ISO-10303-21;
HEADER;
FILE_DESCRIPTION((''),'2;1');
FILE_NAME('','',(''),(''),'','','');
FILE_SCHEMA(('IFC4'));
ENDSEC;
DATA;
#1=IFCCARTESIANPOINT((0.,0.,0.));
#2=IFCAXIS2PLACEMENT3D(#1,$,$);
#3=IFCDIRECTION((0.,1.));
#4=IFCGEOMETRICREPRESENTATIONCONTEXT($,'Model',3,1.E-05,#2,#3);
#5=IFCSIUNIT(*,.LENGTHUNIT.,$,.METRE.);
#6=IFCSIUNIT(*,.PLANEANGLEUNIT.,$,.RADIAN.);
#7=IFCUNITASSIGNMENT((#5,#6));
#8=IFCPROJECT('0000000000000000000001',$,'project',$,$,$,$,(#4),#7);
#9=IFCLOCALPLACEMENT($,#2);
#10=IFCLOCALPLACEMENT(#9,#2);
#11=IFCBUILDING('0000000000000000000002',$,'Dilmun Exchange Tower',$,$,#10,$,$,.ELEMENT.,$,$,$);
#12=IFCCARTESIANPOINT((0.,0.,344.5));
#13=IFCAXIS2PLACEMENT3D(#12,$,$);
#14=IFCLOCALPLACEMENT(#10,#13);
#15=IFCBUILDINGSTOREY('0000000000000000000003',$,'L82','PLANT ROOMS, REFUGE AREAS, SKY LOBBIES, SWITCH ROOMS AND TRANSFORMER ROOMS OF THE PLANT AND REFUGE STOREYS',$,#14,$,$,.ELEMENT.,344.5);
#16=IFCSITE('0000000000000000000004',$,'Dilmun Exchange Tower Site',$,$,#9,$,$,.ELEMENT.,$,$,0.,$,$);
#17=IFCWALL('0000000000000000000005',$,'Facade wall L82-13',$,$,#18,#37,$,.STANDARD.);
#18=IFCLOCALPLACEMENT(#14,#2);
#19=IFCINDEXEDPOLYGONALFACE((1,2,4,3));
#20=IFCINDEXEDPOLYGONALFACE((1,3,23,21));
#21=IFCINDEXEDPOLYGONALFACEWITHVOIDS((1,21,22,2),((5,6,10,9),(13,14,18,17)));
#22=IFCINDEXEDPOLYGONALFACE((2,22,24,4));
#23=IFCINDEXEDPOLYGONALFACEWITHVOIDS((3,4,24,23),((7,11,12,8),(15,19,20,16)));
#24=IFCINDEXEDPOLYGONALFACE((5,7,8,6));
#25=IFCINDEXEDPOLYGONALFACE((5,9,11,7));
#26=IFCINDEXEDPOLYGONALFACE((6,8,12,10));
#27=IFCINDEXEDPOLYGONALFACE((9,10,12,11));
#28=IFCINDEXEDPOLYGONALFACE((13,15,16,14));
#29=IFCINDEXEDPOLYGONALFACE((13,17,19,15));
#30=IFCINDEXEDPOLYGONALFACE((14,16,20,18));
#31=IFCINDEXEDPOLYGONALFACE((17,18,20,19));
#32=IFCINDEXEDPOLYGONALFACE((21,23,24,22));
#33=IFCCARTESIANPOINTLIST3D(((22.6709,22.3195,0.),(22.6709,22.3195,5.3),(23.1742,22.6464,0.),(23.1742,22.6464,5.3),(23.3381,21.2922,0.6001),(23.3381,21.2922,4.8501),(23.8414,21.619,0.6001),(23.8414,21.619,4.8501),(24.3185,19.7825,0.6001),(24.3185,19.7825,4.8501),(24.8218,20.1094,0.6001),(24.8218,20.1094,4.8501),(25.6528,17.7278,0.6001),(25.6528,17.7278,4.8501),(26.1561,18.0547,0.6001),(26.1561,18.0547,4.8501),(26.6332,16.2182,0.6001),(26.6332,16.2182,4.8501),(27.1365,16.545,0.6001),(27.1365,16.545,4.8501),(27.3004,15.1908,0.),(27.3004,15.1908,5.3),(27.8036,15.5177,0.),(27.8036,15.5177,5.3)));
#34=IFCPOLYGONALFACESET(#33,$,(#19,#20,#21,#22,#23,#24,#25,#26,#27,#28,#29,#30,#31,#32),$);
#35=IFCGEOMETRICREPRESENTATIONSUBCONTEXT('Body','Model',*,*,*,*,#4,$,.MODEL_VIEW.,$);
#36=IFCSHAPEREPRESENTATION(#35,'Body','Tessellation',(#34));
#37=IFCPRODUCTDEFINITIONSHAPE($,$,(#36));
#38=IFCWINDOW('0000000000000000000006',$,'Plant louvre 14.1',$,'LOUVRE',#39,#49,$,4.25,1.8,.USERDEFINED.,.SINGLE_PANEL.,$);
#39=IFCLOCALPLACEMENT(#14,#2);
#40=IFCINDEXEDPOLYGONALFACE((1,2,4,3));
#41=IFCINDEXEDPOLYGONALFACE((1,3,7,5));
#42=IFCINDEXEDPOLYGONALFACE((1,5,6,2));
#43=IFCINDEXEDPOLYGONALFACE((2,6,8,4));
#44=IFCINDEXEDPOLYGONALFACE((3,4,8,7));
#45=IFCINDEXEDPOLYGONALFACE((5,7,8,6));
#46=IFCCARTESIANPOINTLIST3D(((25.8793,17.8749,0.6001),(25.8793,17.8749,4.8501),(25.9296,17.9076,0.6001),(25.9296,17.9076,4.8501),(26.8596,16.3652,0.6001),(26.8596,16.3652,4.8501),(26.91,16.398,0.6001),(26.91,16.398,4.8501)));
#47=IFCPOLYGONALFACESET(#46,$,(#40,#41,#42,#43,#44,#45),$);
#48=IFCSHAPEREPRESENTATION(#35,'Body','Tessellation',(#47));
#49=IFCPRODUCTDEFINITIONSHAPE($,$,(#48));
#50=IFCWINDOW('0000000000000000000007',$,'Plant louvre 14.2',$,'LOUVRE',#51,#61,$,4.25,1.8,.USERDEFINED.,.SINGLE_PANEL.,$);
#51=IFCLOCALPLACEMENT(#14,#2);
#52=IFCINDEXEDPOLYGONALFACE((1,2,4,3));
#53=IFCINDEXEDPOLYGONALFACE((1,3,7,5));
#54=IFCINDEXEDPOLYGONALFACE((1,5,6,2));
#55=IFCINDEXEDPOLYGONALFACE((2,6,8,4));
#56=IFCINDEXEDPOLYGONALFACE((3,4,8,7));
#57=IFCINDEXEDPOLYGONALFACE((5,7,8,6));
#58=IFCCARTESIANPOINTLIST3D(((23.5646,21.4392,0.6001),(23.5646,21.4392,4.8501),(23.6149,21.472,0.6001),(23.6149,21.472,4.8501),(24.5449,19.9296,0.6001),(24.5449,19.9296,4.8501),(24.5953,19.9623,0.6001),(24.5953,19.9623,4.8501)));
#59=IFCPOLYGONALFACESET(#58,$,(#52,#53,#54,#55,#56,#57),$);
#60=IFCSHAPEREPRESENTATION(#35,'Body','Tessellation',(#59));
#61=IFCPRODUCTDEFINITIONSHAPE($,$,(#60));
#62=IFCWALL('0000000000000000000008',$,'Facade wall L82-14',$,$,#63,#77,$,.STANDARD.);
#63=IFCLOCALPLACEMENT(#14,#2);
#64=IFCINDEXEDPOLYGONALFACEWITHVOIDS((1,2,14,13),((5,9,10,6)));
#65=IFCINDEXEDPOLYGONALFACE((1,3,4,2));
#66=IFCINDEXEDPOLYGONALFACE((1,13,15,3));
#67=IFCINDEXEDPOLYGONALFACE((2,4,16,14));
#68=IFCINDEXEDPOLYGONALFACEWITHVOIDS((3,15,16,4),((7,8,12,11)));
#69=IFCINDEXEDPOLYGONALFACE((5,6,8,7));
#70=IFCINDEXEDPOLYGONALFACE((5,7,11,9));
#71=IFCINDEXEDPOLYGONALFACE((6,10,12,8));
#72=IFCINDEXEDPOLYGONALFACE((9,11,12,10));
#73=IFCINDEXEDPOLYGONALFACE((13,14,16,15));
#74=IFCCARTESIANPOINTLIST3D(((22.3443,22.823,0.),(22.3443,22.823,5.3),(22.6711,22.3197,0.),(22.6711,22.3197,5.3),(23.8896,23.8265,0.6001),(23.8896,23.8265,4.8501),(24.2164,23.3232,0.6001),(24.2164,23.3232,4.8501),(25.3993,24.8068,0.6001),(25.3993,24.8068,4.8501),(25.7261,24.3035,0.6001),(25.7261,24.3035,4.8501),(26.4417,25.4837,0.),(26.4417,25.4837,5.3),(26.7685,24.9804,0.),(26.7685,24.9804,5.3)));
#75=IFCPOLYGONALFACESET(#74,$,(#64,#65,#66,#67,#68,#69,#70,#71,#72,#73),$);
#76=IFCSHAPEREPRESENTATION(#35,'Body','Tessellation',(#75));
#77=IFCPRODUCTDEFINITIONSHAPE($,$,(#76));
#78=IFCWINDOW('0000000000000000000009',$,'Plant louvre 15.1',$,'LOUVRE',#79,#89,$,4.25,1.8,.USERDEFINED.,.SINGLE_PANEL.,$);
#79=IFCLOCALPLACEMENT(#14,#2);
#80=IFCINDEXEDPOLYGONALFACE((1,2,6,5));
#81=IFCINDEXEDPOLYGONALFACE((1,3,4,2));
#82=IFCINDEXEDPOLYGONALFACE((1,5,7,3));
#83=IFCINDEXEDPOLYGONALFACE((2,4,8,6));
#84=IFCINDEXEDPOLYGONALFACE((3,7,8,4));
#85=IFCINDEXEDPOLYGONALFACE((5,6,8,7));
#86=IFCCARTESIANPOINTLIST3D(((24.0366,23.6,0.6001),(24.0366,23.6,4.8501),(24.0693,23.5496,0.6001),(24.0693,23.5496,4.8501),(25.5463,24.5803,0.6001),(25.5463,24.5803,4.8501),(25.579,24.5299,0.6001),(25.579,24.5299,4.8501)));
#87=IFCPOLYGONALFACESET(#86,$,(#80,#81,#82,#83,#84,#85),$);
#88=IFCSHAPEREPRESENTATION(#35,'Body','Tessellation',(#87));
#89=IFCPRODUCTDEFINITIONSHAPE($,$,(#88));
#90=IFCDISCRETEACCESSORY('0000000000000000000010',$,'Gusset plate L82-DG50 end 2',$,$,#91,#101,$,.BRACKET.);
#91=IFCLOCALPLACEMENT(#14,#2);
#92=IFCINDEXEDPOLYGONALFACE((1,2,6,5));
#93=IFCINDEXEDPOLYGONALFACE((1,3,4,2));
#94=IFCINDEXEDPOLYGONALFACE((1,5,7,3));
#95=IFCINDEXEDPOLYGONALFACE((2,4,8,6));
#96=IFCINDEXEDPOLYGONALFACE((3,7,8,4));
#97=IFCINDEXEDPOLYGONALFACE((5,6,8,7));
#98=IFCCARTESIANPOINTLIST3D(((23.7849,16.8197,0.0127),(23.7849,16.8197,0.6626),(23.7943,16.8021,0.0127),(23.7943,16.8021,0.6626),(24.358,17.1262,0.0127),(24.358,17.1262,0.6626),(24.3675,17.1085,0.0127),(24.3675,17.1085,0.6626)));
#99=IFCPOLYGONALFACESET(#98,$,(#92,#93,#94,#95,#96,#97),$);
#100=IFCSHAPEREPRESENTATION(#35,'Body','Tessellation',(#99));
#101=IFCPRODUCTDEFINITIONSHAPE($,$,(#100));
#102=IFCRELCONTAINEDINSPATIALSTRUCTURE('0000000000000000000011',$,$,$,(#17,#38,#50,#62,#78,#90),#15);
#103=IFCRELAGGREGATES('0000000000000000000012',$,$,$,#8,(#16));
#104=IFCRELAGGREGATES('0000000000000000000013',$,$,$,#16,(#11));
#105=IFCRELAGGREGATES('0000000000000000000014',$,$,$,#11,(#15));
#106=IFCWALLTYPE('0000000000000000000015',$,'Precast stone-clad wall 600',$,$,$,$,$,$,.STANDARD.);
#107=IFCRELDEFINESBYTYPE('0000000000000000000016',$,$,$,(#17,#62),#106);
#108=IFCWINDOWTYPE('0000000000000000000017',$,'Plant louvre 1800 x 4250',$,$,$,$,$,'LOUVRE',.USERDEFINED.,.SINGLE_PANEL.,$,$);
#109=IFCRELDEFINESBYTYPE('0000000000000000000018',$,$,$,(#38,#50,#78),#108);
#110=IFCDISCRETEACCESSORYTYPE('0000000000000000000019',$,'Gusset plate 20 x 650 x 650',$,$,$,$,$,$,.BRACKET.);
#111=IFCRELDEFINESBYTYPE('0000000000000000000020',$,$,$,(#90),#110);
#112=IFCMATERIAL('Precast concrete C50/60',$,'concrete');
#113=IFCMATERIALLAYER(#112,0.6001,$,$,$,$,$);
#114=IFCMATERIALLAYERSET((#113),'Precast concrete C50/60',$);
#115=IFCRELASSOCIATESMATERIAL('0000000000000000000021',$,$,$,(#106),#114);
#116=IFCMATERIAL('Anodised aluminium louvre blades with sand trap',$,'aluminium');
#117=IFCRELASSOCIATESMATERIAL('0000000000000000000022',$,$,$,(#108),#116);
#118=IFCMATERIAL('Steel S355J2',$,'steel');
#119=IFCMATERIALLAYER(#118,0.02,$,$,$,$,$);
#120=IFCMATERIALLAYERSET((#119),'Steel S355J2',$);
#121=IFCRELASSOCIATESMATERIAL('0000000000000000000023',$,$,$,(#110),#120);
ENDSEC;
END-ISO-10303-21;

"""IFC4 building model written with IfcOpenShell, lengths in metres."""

from ifc_helpers import new_model, si_unit, direction, frame, frame_2d, origin, origin_2d, place, context, subcontext, project, spatial, rectangle, extrude, material, layer, layer_set, type_object, element, fill, save


model = new_model("IFC4")

# Units and contexts
model_context = context("Model", 3, precision=1e-05, world=origin(), true_north=direction((0.0, 1.0)))
body_context = subcontext(model_context, "Body", "Model", "MODEL_VIEW")
ifc_project = project(units=[si_unit("LENGTHUNIT", "METRE"), si_unit("PLANEANGLEUNIT", "RADIAN")], contexts=[model_context])

# Site, building, storey
site_placement = place(None, origin())
site = spatial("IfcSite", under=ifc_project, at=site_placement, Name="Dilmun Exchange Tower Site", CompositionType="ELEMENT", RefElevation=0.0)
building_placement = place(site_placement, origin())
building = spatial("IfcBuilding", under=site, at=building_placement, Name="Dilmun Exchange Tower", CompositionType="ELEMENT")
storey_placement = place(building_placement, frame((0.0, 0.0, 344.5)))
storey = spatial("IfcBuildingStorey", under=building, at=storey_placement, Name="L82", Description="PLANT ROOMS, REFUGE AREAS, SKY LOBBIES, SWITCH ROOMS AND TRANSFORMER ROOMS OF THE PLANT AND REFUGE STOREYS", CompositionType="ELEMENT", Elevation=344.5)

# Shared definitions
ifc_material_1 = material(Name="Precast concrete C50/60", Category="concrete")
ifc_layer_1 = layer(ifc_material_1, 0.6001)
ifc_layer_set_1 = layer_set([ifc_layer_1], Name="Precast concrete C50/60")
wall_type_1 = type_object("IfcWallType", Name="Precast stone-clad wall 600", PredefinedType="STANDARD", material=ifc_layer_set_1)
ifc_material_2 = material(Name="Anodised aluminium louvre blades with sand trap", Category="aluminium")
window_type_1 = type_object("IfcWindowType", Name="Plant louvre 1800 x 4250", ElementType="LOUVRE", PartitioningType="SINGLE_PANEL", PredefinedType="USERDEFINED", material=ifc_material_2)

# Wall, openings, windows
wall_1_placement = place(storey_placement, frame((27.552, 15.3542, 0.0), z_axis=(0.0, 0.0, 1.0), x_axis=(-0.544638, 0.838671, 0.0)))
wall_1 = element("IfcWall", 1, at=wall_1_placement, inside=storey, type_object=wall_type_1, Name="Facade wall L82-13", PredefinedType="STANDARD", context=body_context, shape_type="SweptSolid", body=[
    extrude(rectangle(XDim=8.5, YDim=0.6001, at=frame_2d((4.25, 0.0))), origin(), (0.0, 0.0, 1.0), 5.3),
])
opening_1_placement = place(wall_1_placement, frame((1.2251, 0.0, 0.6001)))
opening_1 = element("IfcOpeningElement", 2, at=opening_1_placement, cuts=wall_1, PredefinedType="OPENING", context=body_context, shape_type="SweptSolid", body=[
    extrude(rectangle(XDim=1.8, YDim=4.25, at=frame_2d((0.8999, 2.125))), frame((0.0, 0.3101, 0.0), z_axis=(0.0, -1.0, 0.0), x_axis=(1.0, 0.0, 0.0)), (0.0, 0.0, 1.0), 0.6201),
])
opening_2_placement = place(wall_1_placement, frame((5.4751, 0.0, 0.6001)))
opening_2 = element("IfcOpeningElement", 3, at=opening_2_placement, cuts=wall_1, PredefinedType="OPENING", context=body_context, shape_type="SweptSolid", body=[
    extrude(rectangle(XDim=1.8, YDim=4.25, at=frame_2d((0.8999, 2.125))), frame((0.0, 0.3101, 0.0), z_axis=(0.0, -1.0, 0.0), x_axis=(1.0, 0.0, 0.0)), (0.0, 0.0, 1.0), 0.6201),
])
window_1_placement = place(opening_1_placement, origin())
window_1 = element("IfcWindow", 4, at=window_1_placement, inside=storey, type_object=window_type_1, Name="Plant louvre 14.1", ObjectType="LOUVRE", OverallHeight=4.25, OverallWidth=1.8, PartitioningType="SINGLE_PANEL", PredefinedType="USERDEFINED", context=body_context, shape_type="SweptSolid", body=[
    extrude(rectangle(XDim=1.8, YDim=4.25, at=frame_2d((0.8999, 2.125))), frame((0.0, 0.03, 0.0), z_axis=(0.0, -1.0, 0.0), x_axis=(1.0, 0.0, 0.0)), (0.0, 0.0, 1.0), 0.0601),
])
fill(opening_1, window_1)
window_2_placement = place(opening_2_placement, origin())
window_2 = element("IfcWindow", 5, at=window_2_placement, inside=storey, type_object=window_type_1, Name="Plant louvre 14.2", ObjectType="LOUVRE", OverallHeight=4.25, OverallWidth=1.8, PartitioningType="SINGLE_PANEL", PredefinedType="USERDEFINED", context=body_context, shape_type="SweptSolid", body=[
    extrude(rectangle(XDim=1.8, YDim=4.25, at=frame_2d((0.8999, 2.125))), frame((0.0, 0.03, 0.0), z_axis=(0.0, -1.0, 0.0), x_axis=(1.0, 0.0, 0.0)), (0.0, 0.0, 1.0), 0.0601),
])
fill(opening_2, window_2)

# Wall, opening, window
wall_2_placement = place(storey_placement, frame((22.5076, 22.5713, 0.0), z_axis=(0.0, 0.0, 1.0), x_axis=(0.838694, 0.544604, 0.0)))
wall_2 = element("IfcWall", 6, at=wall_2_placement, inside=storey, type_object=wall_type_1, Name="Facade wall L82-14", PredefinedType="STANDARD", context=body_context, shape_type="SweptSolid", body=[
    extrude(rectangle(XDim=4.8855, YDim=0.6001, at=frame_2d((2.4429, 0.0))), origin(), (0.0, 0.0, 1.0), 5.3),
])
opening_3_placement = place(wall_2_placement, frame((1.8428, 0.0, 0.6001)))
opening_3 = element("IfcOpeningElement", 7, at=opening_3_placement, cuts=wall_2, PredefinedType="OPENING", context=body_context, shape_type="SweptSolid", body=[
    extrude(rectangle(XDim=1.8, YDim=4.25, at=frame_2d((0.8999, 2.125))), frame((0.0, 0.3101, 0.0), z_axis=(0.0, -1.0, 0.0), x_axis=(1.0, 0.0, 0.0)), (0.0, 0.0, 1.0), 0.6201),
])
window_3_placement = place(opening_3_placement, origin())
window_3 = element("IfcWindow", 8, at=window_3_placement, inside=storey, type_object=window_type_1, Name="Plant louvre 15.1", ObjectType="LOUVRE", OverallHeight=4.25, OverallWidth=1.8, PartitioningType="SINGLE_PANEL", PredefinedType="USERDEFINED", context=body_context, shape_type="SweptSolid", body=[
    extrude(rectangle(XDim=1.8, YDim=4.25, at=frame_2d((0.8999, 2.125))), frame((0.0, 0.03, 0.0), z_axis=(0.0, -1.0, 0.0), x_axis=(1.0, 0.0, 0.0)), (0.0, 0.0, 1.0), 0.0601),
])
fill(opening_3, window_3)

# Discrete accessory
ifc_material_3 = material(Name="Steel S355J2", Category="steel")
ifc_layer_2 = layer(ifc_material_3, 0.02)
ifc_layer_set_2 = layer_set([ifc_layer_2], Name="Steel S355J2")
discrete_accessory_type = type_object("IfcDiscreteAccessoryType", Name="Gusset plate 20 x 650 x 650", PredefinedType="BRACKET", material=ifc_layer_set_2)
discrete_accessory_placement = place(storey_placement, frame((24.0762, 16.9641, 0.0127), z_axis=(0.0, 0.0, 1.0), x_axis=(0.881851, 0.471528, 0.0)))
element("IfcDiscreteAccessory", 9, at=discrete_accessory_placement, inside=storey, type_object=discrete_accessory_type, Name="Gusset plate L82-DG50 end 2", PredefinedType="BRACKET", context=body_context, shape_type="SweptSolid", body=[
    extrude(rectangle(XDim=0.6499, YDim=0.02, at=origin_2d()), origin(), (0.0, 0.0, 1.0), 0.6499),
])

save(model, "model.ifc")
